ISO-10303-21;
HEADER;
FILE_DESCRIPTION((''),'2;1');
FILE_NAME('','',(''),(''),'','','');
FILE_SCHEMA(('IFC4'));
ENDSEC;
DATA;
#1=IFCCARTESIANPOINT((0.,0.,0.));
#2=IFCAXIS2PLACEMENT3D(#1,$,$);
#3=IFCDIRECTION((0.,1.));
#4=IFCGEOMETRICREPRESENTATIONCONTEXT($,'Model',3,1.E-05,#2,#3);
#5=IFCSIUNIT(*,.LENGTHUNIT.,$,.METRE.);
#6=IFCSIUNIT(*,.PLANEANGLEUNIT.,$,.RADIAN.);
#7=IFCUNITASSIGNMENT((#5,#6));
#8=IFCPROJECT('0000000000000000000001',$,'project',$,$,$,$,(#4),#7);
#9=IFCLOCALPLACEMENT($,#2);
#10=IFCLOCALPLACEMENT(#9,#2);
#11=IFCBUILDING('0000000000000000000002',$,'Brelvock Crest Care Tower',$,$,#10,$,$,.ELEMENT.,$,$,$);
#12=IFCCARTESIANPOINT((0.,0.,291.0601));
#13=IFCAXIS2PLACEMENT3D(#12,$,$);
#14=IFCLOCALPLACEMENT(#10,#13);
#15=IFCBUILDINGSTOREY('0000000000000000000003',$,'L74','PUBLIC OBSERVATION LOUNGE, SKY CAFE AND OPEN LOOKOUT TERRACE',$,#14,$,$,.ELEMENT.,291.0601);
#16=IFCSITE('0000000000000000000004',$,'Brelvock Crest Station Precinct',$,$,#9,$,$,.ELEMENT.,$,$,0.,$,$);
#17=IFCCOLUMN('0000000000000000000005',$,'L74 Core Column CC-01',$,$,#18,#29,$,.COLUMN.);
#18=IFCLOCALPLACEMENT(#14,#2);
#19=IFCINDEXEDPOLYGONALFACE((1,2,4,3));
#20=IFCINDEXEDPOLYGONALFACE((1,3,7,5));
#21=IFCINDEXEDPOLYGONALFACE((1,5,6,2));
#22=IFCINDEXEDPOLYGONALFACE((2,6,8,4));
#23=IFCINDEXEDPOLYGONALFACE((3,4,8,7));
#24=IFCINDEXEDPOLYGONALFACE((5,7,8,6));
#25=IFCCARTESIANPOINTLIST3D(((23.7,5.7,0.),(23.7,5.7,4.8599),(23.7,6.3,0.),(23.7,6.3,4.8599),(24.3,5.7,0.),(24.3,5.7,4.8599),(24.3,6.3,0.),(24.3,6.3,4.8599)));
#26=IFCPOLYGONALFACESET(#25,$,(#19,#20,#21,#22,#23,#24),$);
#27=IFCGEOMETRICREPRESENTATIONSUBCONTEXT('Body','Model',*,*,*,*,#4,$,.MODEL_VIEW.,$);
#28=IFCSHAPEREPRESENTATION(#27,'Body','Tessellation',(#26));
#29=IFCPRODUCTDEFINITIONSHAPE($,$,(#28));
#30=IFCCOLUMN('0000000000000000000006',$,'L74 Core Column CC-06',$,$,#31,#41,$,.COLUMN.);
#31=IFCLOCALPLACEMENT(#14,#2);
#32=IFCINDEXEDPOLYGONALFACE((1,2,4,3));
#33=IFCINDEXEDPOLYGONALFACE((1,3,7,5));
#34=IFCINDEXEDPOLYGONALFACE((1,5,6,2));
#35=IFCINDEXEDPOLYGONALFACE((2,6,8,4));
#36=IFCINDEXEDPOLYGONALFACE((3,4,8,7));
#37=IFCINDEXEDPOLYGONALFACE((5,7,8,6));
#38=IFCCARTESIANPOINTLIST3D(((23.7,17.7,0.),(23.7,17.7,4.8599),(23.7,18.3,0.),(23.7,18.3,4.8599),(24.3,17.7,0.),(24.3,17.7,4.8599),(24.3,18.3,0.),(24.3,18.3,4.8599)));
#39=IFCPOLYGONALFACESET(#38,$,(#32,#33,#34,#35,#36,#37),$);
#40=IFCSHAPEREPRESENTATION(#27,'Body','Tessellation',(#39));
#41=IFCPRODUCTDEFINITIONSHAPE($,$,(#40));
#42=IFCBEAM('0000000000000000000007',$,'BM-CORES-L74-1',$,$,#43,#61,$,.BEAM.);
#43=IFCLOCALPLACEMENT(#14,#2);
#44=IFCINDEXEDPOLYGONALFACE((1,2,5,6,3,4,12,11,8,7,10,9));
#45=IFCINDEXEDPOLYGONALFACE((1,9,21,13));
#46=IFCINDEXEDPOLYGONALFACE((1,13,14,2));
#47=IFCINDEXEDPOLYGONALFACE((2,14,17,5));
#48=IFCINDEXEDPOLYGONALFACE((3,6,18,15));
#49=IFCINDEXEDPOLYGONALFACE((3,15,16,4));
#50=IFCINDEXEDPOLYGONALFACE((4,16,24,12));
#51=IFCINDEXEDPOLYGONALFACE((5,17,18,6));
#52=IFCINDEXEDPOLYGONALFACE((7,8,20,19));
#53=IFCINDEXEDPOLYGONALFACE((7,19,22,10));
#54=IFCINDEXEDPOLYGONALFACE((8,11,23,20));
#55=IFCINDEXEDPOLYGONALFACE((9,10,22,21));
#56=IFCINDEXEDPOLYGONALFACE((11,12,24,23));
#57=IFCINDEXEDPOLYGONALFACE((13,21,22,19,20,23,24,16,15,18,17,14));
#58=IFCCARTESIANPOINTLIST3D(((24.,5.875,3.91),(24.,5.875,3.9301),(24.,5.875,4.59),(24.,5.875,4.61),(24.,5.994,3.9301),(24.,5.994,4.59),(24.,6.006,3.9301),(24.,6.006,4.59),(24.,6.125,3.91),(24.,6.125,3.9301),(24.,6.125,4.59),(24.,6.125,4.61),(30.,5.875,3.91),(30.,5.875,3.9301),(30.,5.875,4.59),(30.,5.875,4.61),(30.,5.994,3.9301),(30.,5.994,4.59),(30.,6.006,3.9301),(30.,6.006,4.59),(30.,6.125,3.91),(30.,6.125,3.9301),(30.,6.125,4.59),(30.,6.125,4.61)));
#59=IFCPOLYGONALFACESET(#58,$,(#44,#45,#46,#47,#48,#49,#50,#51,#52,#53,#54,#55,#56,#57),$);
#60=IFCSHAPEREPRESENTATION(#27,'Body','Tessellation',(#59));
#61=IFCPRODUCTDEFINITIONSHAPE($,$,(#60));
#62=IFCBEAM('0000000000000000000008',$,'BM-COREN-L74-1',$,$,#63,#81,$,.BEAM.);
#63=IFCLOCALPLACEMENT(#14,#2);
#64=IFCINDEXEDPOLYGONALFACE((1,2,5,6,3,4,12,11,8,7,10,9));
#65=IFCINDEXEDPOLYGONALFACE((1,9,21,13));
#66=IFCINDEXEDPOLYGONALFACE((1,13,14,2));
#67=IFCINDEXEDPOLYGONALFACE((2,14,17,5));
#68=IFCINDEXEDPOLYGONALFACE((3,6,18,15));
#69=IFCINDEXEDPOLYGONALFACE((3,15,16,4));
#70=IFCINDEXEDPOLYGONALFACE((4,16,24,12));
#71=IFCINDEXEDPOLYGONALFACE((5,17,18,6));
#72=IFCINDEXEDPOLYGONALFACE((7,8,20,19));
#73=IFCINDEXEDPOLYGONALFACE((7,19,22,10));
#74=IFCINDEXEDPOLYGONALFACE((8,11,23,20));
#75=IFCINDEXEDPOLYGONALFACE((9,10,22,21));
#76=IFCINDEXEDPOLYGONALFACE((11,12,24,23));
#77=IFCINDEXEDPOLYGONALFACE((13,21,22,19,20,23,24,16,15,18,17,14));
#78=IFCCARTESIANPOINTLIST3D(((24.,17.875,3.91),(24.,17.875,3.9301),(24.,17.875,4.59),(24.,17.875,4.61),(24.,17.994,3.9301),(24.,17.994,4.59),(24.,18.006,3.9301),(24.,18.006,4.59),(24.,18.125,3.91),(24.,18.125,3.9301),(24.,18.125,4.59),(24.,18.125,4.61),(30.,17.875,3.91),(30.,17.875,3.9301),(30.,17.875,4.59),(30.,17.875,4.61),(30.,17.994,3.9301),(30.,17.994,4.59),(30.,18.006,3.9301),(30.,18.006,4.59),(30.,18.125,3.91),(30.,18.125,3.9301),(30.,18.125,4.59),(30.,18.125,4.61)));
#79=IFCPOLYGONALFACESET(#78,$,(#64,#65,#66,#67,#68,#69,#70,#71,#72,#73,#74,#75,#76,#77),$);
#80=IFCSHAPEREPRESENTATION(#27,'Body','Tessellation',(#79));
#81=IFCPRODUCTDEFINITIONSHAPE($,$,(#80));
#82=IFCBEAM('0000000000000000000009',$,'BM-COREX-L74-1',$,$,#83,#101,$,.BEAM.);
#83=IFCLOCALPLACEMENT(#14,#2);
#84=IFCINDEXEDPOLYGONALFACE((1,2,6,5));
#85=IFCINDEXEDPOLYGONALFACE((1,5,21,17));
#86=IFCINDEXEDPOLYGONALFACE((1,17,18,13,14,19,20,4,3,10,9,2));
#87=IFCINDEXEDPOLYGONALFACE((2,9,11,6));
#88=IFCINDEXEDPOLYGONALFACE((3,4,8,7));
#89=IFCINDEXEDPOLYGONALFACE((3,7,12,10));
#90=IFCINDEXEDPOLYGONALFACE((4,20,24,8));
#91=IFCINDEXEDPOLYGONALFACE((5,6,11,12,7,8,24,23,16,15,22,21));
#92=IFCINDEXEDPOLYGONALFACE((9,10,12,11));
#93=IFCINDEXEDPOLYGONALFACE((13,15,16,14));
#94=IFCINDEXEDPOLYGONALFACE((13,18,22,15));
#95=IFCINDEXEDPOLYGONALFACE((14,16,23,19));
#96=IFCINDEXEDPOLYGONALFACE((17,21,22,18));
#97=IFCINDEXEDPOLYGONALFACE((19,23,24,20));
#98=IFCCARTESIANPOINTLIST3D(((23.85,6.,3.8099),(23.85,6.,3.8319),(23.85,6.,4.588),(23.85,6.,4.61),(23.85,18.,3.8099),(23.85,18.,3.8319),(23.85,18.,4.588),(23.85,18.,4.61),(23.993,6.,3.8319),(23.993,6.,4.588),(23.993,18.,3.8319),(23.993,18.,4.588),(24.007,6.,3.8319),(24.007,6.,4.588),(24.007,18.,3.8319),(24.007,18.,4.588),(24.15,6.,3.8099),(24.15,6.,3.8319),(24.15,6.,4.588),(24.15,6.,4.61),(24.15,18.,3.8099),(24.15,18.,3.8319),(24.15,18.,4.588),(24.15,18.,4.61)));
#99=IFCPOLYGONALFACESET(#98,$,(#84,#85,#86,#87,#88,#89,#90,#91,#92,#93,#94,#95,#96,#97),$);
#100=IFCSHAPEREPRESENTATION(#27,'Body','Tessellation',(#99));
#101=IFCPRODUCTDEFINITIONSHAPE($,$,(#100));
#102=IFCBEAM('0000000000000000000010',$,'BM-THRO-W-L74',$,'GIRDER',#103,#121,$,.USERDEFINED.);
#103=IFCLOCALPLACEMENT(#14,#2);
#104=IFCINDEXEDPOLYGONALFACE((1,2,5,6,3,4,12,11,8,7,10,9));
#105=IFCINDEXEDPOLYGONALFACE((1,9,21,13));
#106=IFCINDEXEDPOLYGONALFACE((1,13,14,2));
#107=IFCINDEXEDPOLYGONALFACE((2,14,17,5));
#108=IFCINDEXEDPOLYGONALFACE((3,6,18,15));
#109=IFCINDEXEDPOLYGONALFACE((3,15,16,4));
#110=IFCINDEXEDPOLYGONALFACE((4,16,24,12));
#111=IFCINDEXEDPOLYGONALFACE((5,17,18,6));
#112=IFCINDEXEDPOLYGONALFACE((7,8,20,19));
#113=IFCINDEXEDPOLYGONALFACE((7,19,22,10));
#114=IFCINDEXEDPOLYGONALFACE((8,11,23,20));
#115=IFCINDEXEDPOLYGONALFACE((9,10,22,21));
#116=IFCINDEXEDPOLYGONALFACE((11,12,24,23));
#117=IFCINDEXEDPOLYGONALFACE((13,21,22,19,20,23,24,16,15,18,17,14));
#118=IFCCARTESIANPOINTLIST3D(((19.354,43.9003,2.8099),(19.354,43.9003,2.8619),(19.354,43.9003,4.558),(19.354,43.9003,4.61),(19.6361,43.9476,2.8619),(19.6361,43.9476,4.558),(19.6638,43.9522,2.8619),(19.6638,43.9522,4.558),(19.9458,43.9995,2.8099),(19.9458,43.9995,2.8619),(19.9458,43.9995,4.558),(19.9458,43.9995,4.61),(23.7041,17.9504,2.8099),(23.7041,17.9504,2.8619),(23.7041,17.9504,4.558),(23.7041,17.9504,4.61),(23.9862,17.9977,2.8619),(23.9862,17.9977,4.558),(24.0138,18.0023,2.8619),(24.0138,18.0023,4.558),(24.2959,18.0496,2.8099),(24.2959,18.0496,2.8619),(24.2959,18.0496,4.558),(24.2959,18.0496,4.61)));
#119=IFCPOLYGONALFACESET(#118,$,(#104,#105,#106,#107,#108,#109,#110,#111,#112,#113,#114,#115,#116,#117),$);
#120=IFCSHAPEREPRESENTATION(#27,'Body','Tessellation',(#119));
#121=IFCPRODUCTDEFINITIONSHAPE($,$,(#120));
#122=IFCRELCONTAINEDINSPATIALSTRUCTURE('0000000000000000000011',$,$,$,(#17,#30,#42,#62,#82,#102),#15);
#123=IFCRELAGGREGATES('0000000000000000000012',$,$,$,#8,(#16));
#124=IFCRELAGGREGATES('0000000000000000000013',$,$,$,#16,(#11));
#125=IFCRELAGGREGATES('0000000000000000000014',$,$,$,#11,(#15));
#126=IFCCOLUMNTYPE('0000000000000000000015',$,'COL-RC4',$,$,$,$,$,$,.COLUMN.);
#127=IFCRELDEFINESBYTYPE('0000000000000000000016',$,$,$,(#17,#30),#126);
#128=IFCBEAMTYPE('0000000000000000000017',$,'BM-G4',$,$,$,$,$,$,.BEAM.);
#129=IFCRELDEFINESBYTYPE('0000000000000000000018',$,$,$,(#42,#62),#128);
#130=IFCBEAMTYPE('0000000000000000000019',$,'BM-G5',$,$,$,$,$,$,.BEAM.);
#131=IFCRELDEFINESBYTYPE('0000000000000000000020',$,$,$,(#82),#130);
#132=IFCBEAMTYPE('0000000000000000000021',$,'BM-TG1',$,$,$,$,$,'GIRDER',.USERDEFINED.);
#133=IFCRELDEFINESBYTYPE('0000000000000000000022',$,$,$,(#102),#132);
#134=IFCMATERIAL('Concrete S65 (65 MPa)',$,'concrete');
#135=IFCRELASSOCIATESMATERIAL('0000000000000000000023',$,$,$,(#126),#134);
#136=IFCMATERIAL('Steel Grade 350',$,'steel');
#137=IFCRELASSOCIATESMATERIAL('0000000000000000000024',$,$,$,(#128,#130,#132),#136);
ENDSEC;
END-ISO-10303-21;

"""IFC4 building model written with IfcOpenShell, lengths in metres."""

from ifc_helpers import new_model, si_unit, direction, frame, origin, origin_2d, place, context, subcontext, project, spatial, rectangle, i_section, extrude, source, transform, mapped, material, material_profile, profile_set, type_object, element, save


model = new_model("IFC4")

# Units and contexts
model_context = context("Model", 3, precision=1e-05, world=origin(), true_north=direction((0.0, 1.0)))
body_context = subcontext(model_context, "Body", "Model", "MODEL_VIEW")
ifc_project = project(units=[si_unit("LENGTHUNIT", "METRE"), si_unit("PLANEANGLEUNIT", "RADIAN")], contexts=[model_context])

# Site, building, storey
site_placement = place(None, origin())
site = spatial("IfcSite", under=ifc_project, at=site_placement, Name="Brelvock Crest Station Precinct", CompositionType="ELEMENT", RefElevation=0.0)
building_placement = place(site_placement, origin())
building = spatial("IfcBuilding", under=site, at=building_placement, Name="Brelvock Crest Care Tower", CompositionType="ELEMENT")
storey_placement = place(building_placement, frame((0.0, 0.0, 291.0601)))
storey = spatial("IfcBuildingStorey", under=building, at=storey_placement, Name="L74", Description="PUBLIC OBSERVATION LOUNGE, SKY CAFE AND OPEN LOOKOUT TERRACE", CompositionType="ELEMENT", Elevation=291.0601)

# Columns
ifc_material_1 = material(Name="Concrete S65 (65 MPa)", Category="concrete")
ifc_material_profile_1 = material_profile(ifc_material_1, rectangle(XDim=0.6001, YDim=0.6001, at=origin_2d()), Name="RC600x600")
ifc_profile_set_1 = profile_set([ifc_material_profile_1], Name="Concrete S65 (65 MPa)")
column_type = type_object("IfcColumnType", Name="COL-RC4", PredefinedType="COLUMN", material=ifc_profile_set_1)
shared_shape_1 = source(origin(), body_context, "Body", "SweptSolid", [
    extrude(rectangle(XDim=0.6001, YDim=0.6001, at=origin_2d()), origin(), (0.0, 0.0, 1.0), 4.8599),
])
for number, where, z_axis, x_axis, name in (
    (1, (24.0, 6.0, 0.0), (0.0, 0.0, 1.0), (1.0, 0.0, 0.0), "L74 Core Column CC-01"),
    (2, (24.0, 18.0, 0.0), (0.0, 0.0, 1.0), (1.0, 0.0, 0.0), "L74 Core Column CC-06"),
):
    element("IfcColumn", number, at=place(storey_placement, frame(where, z_axis=z_axis, x_axis=x_axis)), inside=storey, type_object=column_type, Name=name, PredefinedType="COLUMN", context=body_context, shape_type="MappedRepresentation", body=[
        mapped(shared_shape_1, transform((0.0, 0.0, 0.0), x_axis=(1.0, 0.0, 0.0), y_axis=(0.0, 1.0, 0.0), z_axis=(0.0, 0.0, 1.0), scale=1.0)),
    ])

# Beams
ifc_material_2 = material(Name="Steel Grade 350", Category="steel")
ifc_material_profile_2 = material_profile(ifc_material_2, i_section(OverallWidth=0.25, OverallDepth=0.7, WebThickness=0.012, FlangeThickness=0.02, at=origin_2d()), Name="700WB150")
ifc_profile_set_2 = profile_set([ifc_material_profile_2], Name="Steel Grade 350")
beam_type_1 = type_object("IfcBeamType", Name="BM-G4", PredefinedType="BEAM", material=ifc_profile_set_2)
shared_shape_2 = source(origin(), body_context, "Body", "SweptSolid", [
    extrude(i_section(OverallWidth=0.25, OverallDepth=0.7, WebThickness=0.012, FlangeThickness=0.02, at=origin_2d()), origin(), (0.0, 0.0, 1.0), 6.0),
])
for number, where, z_axis, x_axis, name in (
    (3, (24.0, 6.0, 4.26), (1.0, 0.0, 0.0), (0.0, 1.0, 0.0), "BM-CORES-L74-1"),
    (4, (24.0, 18.0, 4.26), (1.0, 0.0, 0.0), (0.0, 1.0, 0.0), "BM-COREN-L74-1"),
):
    element("IfcBeam", number, at=place(storey_placement, frame(where, z_axis=z_axis, x_axis=x_axis)), inside=storey, type_object=beam_type_1, Name=name, PredefinedType="BEAM", context=body_context, shape_type="MappedRepresentation", body=[
        mapped(shared_shape_2, transform((0.0, 0.0, 0.0), x_axis=(1.0, 0.0, 0.0), y_axis=(0.0, 1.0, 0.0), z_axis=(0.0, 0.0, 1.0), scale=1.0)),
    ])
ifc_material_profile_3 = material_profile(ifc_material_2, i_section(OverallWidth=0.3, OverallDepth=0.8, WebThickness=0.0139, FlangeThickness=0.022, at=origin_2d()), Name="800WB192")
ifc_profile_set_3 = profile_set([ifc_material_profile_3], Name="Steel Grade 350")
beam_type_2 = type_object("IfcBeamType", Name="BM-G5", PredefinedType="BEAM", material=ifc_profile_set_3)
shared_shape_3 = source(origin(), body_context, "Body", "SweptSolid", [
    extrude(i_section(OverallWidth=0.3, OverallDepth=0.8, WebThickness=0.0139, FlangeThickness=0.022, at=origin_2d()), origin(), (0.0, 0.0, 1.0), 12.0),
])
beam_1_placement = place(storey_placement, frame((24.0, 6.0, 4.21), z_axis=(0.0, 1.0, 0.0), x_axis=(-1.0, 0.0, 0.0)))
element("IfcBeam", 5, at=beam_1_placement, inside=storey, type_object=beam_type_2, Name="BM-COREX-L74-1", PredefinedType="BEAM", context=body_context, shape_type="MappedRepresentation", body=[
    mapped(shared_shape_3, transform((0.0, 0.0, 0.0), x_axis=(1.0, 0.0, 0.0), y_axis=(0.0, 1.0, 0.0), z_axis=(0.0, 0.0, 1.0), scale=1.0)),
])
ifc_material_profile_4 = material_profile(ifc_material_2, i_section(OverallWidth=0.6001, OverallDepth=1.8, WebThickness=0.0281, FlangeThickness=0.052, at=origin_2d()), Name="1800TG740")
ifc_profile_set_4 = profile_set([ifc_material_profile_4], Name="Steel Grade 350")
beam_type_3 = type_object("IfcBeamType", Name="BM-TG1", ElementType="GIRDER", PredefinedType="USERDEFINED", material=ifc_profile_set_4)
shared_shape_4 = source(origin(), body_context, "Body", "SweptSolid", [
    extrude(i_section(OverallWidth=0.6001, OverallDepth=1.8, WebThickness=0.0281, FlangeThickness=0.052, at=origin_2d()), origin(), (0.0, 0.0, 1.0), 26.312),
])
beam_2_placement = place(storey_placement, frame((24.0, 18.0, 3.71), z_axis=(-0.165327, 0.986239, 0.0), x_axis=(-0.986239, -0.165327, 0.0)))
element("IfcBeam", 6, at=beam_2_placement, inside=storey, type_object=beam_type_3, Name="BM-THRO-W-L74", ObjectType="GIRDER", PredefinedType="USERDEFINED", context=body_context, shape_type="MappedRepresentation", body=[
    mapped(shared_shape_4, transform((0.0, 0.0, 0.0), x_axis=(1.0, 0.0, 0.0), y_axis=(0.0, 1.0, 0.0), z_axis=(0.0, 0.0, 1.0), scale=1.0)),
])

save(model, "model.ifc")
